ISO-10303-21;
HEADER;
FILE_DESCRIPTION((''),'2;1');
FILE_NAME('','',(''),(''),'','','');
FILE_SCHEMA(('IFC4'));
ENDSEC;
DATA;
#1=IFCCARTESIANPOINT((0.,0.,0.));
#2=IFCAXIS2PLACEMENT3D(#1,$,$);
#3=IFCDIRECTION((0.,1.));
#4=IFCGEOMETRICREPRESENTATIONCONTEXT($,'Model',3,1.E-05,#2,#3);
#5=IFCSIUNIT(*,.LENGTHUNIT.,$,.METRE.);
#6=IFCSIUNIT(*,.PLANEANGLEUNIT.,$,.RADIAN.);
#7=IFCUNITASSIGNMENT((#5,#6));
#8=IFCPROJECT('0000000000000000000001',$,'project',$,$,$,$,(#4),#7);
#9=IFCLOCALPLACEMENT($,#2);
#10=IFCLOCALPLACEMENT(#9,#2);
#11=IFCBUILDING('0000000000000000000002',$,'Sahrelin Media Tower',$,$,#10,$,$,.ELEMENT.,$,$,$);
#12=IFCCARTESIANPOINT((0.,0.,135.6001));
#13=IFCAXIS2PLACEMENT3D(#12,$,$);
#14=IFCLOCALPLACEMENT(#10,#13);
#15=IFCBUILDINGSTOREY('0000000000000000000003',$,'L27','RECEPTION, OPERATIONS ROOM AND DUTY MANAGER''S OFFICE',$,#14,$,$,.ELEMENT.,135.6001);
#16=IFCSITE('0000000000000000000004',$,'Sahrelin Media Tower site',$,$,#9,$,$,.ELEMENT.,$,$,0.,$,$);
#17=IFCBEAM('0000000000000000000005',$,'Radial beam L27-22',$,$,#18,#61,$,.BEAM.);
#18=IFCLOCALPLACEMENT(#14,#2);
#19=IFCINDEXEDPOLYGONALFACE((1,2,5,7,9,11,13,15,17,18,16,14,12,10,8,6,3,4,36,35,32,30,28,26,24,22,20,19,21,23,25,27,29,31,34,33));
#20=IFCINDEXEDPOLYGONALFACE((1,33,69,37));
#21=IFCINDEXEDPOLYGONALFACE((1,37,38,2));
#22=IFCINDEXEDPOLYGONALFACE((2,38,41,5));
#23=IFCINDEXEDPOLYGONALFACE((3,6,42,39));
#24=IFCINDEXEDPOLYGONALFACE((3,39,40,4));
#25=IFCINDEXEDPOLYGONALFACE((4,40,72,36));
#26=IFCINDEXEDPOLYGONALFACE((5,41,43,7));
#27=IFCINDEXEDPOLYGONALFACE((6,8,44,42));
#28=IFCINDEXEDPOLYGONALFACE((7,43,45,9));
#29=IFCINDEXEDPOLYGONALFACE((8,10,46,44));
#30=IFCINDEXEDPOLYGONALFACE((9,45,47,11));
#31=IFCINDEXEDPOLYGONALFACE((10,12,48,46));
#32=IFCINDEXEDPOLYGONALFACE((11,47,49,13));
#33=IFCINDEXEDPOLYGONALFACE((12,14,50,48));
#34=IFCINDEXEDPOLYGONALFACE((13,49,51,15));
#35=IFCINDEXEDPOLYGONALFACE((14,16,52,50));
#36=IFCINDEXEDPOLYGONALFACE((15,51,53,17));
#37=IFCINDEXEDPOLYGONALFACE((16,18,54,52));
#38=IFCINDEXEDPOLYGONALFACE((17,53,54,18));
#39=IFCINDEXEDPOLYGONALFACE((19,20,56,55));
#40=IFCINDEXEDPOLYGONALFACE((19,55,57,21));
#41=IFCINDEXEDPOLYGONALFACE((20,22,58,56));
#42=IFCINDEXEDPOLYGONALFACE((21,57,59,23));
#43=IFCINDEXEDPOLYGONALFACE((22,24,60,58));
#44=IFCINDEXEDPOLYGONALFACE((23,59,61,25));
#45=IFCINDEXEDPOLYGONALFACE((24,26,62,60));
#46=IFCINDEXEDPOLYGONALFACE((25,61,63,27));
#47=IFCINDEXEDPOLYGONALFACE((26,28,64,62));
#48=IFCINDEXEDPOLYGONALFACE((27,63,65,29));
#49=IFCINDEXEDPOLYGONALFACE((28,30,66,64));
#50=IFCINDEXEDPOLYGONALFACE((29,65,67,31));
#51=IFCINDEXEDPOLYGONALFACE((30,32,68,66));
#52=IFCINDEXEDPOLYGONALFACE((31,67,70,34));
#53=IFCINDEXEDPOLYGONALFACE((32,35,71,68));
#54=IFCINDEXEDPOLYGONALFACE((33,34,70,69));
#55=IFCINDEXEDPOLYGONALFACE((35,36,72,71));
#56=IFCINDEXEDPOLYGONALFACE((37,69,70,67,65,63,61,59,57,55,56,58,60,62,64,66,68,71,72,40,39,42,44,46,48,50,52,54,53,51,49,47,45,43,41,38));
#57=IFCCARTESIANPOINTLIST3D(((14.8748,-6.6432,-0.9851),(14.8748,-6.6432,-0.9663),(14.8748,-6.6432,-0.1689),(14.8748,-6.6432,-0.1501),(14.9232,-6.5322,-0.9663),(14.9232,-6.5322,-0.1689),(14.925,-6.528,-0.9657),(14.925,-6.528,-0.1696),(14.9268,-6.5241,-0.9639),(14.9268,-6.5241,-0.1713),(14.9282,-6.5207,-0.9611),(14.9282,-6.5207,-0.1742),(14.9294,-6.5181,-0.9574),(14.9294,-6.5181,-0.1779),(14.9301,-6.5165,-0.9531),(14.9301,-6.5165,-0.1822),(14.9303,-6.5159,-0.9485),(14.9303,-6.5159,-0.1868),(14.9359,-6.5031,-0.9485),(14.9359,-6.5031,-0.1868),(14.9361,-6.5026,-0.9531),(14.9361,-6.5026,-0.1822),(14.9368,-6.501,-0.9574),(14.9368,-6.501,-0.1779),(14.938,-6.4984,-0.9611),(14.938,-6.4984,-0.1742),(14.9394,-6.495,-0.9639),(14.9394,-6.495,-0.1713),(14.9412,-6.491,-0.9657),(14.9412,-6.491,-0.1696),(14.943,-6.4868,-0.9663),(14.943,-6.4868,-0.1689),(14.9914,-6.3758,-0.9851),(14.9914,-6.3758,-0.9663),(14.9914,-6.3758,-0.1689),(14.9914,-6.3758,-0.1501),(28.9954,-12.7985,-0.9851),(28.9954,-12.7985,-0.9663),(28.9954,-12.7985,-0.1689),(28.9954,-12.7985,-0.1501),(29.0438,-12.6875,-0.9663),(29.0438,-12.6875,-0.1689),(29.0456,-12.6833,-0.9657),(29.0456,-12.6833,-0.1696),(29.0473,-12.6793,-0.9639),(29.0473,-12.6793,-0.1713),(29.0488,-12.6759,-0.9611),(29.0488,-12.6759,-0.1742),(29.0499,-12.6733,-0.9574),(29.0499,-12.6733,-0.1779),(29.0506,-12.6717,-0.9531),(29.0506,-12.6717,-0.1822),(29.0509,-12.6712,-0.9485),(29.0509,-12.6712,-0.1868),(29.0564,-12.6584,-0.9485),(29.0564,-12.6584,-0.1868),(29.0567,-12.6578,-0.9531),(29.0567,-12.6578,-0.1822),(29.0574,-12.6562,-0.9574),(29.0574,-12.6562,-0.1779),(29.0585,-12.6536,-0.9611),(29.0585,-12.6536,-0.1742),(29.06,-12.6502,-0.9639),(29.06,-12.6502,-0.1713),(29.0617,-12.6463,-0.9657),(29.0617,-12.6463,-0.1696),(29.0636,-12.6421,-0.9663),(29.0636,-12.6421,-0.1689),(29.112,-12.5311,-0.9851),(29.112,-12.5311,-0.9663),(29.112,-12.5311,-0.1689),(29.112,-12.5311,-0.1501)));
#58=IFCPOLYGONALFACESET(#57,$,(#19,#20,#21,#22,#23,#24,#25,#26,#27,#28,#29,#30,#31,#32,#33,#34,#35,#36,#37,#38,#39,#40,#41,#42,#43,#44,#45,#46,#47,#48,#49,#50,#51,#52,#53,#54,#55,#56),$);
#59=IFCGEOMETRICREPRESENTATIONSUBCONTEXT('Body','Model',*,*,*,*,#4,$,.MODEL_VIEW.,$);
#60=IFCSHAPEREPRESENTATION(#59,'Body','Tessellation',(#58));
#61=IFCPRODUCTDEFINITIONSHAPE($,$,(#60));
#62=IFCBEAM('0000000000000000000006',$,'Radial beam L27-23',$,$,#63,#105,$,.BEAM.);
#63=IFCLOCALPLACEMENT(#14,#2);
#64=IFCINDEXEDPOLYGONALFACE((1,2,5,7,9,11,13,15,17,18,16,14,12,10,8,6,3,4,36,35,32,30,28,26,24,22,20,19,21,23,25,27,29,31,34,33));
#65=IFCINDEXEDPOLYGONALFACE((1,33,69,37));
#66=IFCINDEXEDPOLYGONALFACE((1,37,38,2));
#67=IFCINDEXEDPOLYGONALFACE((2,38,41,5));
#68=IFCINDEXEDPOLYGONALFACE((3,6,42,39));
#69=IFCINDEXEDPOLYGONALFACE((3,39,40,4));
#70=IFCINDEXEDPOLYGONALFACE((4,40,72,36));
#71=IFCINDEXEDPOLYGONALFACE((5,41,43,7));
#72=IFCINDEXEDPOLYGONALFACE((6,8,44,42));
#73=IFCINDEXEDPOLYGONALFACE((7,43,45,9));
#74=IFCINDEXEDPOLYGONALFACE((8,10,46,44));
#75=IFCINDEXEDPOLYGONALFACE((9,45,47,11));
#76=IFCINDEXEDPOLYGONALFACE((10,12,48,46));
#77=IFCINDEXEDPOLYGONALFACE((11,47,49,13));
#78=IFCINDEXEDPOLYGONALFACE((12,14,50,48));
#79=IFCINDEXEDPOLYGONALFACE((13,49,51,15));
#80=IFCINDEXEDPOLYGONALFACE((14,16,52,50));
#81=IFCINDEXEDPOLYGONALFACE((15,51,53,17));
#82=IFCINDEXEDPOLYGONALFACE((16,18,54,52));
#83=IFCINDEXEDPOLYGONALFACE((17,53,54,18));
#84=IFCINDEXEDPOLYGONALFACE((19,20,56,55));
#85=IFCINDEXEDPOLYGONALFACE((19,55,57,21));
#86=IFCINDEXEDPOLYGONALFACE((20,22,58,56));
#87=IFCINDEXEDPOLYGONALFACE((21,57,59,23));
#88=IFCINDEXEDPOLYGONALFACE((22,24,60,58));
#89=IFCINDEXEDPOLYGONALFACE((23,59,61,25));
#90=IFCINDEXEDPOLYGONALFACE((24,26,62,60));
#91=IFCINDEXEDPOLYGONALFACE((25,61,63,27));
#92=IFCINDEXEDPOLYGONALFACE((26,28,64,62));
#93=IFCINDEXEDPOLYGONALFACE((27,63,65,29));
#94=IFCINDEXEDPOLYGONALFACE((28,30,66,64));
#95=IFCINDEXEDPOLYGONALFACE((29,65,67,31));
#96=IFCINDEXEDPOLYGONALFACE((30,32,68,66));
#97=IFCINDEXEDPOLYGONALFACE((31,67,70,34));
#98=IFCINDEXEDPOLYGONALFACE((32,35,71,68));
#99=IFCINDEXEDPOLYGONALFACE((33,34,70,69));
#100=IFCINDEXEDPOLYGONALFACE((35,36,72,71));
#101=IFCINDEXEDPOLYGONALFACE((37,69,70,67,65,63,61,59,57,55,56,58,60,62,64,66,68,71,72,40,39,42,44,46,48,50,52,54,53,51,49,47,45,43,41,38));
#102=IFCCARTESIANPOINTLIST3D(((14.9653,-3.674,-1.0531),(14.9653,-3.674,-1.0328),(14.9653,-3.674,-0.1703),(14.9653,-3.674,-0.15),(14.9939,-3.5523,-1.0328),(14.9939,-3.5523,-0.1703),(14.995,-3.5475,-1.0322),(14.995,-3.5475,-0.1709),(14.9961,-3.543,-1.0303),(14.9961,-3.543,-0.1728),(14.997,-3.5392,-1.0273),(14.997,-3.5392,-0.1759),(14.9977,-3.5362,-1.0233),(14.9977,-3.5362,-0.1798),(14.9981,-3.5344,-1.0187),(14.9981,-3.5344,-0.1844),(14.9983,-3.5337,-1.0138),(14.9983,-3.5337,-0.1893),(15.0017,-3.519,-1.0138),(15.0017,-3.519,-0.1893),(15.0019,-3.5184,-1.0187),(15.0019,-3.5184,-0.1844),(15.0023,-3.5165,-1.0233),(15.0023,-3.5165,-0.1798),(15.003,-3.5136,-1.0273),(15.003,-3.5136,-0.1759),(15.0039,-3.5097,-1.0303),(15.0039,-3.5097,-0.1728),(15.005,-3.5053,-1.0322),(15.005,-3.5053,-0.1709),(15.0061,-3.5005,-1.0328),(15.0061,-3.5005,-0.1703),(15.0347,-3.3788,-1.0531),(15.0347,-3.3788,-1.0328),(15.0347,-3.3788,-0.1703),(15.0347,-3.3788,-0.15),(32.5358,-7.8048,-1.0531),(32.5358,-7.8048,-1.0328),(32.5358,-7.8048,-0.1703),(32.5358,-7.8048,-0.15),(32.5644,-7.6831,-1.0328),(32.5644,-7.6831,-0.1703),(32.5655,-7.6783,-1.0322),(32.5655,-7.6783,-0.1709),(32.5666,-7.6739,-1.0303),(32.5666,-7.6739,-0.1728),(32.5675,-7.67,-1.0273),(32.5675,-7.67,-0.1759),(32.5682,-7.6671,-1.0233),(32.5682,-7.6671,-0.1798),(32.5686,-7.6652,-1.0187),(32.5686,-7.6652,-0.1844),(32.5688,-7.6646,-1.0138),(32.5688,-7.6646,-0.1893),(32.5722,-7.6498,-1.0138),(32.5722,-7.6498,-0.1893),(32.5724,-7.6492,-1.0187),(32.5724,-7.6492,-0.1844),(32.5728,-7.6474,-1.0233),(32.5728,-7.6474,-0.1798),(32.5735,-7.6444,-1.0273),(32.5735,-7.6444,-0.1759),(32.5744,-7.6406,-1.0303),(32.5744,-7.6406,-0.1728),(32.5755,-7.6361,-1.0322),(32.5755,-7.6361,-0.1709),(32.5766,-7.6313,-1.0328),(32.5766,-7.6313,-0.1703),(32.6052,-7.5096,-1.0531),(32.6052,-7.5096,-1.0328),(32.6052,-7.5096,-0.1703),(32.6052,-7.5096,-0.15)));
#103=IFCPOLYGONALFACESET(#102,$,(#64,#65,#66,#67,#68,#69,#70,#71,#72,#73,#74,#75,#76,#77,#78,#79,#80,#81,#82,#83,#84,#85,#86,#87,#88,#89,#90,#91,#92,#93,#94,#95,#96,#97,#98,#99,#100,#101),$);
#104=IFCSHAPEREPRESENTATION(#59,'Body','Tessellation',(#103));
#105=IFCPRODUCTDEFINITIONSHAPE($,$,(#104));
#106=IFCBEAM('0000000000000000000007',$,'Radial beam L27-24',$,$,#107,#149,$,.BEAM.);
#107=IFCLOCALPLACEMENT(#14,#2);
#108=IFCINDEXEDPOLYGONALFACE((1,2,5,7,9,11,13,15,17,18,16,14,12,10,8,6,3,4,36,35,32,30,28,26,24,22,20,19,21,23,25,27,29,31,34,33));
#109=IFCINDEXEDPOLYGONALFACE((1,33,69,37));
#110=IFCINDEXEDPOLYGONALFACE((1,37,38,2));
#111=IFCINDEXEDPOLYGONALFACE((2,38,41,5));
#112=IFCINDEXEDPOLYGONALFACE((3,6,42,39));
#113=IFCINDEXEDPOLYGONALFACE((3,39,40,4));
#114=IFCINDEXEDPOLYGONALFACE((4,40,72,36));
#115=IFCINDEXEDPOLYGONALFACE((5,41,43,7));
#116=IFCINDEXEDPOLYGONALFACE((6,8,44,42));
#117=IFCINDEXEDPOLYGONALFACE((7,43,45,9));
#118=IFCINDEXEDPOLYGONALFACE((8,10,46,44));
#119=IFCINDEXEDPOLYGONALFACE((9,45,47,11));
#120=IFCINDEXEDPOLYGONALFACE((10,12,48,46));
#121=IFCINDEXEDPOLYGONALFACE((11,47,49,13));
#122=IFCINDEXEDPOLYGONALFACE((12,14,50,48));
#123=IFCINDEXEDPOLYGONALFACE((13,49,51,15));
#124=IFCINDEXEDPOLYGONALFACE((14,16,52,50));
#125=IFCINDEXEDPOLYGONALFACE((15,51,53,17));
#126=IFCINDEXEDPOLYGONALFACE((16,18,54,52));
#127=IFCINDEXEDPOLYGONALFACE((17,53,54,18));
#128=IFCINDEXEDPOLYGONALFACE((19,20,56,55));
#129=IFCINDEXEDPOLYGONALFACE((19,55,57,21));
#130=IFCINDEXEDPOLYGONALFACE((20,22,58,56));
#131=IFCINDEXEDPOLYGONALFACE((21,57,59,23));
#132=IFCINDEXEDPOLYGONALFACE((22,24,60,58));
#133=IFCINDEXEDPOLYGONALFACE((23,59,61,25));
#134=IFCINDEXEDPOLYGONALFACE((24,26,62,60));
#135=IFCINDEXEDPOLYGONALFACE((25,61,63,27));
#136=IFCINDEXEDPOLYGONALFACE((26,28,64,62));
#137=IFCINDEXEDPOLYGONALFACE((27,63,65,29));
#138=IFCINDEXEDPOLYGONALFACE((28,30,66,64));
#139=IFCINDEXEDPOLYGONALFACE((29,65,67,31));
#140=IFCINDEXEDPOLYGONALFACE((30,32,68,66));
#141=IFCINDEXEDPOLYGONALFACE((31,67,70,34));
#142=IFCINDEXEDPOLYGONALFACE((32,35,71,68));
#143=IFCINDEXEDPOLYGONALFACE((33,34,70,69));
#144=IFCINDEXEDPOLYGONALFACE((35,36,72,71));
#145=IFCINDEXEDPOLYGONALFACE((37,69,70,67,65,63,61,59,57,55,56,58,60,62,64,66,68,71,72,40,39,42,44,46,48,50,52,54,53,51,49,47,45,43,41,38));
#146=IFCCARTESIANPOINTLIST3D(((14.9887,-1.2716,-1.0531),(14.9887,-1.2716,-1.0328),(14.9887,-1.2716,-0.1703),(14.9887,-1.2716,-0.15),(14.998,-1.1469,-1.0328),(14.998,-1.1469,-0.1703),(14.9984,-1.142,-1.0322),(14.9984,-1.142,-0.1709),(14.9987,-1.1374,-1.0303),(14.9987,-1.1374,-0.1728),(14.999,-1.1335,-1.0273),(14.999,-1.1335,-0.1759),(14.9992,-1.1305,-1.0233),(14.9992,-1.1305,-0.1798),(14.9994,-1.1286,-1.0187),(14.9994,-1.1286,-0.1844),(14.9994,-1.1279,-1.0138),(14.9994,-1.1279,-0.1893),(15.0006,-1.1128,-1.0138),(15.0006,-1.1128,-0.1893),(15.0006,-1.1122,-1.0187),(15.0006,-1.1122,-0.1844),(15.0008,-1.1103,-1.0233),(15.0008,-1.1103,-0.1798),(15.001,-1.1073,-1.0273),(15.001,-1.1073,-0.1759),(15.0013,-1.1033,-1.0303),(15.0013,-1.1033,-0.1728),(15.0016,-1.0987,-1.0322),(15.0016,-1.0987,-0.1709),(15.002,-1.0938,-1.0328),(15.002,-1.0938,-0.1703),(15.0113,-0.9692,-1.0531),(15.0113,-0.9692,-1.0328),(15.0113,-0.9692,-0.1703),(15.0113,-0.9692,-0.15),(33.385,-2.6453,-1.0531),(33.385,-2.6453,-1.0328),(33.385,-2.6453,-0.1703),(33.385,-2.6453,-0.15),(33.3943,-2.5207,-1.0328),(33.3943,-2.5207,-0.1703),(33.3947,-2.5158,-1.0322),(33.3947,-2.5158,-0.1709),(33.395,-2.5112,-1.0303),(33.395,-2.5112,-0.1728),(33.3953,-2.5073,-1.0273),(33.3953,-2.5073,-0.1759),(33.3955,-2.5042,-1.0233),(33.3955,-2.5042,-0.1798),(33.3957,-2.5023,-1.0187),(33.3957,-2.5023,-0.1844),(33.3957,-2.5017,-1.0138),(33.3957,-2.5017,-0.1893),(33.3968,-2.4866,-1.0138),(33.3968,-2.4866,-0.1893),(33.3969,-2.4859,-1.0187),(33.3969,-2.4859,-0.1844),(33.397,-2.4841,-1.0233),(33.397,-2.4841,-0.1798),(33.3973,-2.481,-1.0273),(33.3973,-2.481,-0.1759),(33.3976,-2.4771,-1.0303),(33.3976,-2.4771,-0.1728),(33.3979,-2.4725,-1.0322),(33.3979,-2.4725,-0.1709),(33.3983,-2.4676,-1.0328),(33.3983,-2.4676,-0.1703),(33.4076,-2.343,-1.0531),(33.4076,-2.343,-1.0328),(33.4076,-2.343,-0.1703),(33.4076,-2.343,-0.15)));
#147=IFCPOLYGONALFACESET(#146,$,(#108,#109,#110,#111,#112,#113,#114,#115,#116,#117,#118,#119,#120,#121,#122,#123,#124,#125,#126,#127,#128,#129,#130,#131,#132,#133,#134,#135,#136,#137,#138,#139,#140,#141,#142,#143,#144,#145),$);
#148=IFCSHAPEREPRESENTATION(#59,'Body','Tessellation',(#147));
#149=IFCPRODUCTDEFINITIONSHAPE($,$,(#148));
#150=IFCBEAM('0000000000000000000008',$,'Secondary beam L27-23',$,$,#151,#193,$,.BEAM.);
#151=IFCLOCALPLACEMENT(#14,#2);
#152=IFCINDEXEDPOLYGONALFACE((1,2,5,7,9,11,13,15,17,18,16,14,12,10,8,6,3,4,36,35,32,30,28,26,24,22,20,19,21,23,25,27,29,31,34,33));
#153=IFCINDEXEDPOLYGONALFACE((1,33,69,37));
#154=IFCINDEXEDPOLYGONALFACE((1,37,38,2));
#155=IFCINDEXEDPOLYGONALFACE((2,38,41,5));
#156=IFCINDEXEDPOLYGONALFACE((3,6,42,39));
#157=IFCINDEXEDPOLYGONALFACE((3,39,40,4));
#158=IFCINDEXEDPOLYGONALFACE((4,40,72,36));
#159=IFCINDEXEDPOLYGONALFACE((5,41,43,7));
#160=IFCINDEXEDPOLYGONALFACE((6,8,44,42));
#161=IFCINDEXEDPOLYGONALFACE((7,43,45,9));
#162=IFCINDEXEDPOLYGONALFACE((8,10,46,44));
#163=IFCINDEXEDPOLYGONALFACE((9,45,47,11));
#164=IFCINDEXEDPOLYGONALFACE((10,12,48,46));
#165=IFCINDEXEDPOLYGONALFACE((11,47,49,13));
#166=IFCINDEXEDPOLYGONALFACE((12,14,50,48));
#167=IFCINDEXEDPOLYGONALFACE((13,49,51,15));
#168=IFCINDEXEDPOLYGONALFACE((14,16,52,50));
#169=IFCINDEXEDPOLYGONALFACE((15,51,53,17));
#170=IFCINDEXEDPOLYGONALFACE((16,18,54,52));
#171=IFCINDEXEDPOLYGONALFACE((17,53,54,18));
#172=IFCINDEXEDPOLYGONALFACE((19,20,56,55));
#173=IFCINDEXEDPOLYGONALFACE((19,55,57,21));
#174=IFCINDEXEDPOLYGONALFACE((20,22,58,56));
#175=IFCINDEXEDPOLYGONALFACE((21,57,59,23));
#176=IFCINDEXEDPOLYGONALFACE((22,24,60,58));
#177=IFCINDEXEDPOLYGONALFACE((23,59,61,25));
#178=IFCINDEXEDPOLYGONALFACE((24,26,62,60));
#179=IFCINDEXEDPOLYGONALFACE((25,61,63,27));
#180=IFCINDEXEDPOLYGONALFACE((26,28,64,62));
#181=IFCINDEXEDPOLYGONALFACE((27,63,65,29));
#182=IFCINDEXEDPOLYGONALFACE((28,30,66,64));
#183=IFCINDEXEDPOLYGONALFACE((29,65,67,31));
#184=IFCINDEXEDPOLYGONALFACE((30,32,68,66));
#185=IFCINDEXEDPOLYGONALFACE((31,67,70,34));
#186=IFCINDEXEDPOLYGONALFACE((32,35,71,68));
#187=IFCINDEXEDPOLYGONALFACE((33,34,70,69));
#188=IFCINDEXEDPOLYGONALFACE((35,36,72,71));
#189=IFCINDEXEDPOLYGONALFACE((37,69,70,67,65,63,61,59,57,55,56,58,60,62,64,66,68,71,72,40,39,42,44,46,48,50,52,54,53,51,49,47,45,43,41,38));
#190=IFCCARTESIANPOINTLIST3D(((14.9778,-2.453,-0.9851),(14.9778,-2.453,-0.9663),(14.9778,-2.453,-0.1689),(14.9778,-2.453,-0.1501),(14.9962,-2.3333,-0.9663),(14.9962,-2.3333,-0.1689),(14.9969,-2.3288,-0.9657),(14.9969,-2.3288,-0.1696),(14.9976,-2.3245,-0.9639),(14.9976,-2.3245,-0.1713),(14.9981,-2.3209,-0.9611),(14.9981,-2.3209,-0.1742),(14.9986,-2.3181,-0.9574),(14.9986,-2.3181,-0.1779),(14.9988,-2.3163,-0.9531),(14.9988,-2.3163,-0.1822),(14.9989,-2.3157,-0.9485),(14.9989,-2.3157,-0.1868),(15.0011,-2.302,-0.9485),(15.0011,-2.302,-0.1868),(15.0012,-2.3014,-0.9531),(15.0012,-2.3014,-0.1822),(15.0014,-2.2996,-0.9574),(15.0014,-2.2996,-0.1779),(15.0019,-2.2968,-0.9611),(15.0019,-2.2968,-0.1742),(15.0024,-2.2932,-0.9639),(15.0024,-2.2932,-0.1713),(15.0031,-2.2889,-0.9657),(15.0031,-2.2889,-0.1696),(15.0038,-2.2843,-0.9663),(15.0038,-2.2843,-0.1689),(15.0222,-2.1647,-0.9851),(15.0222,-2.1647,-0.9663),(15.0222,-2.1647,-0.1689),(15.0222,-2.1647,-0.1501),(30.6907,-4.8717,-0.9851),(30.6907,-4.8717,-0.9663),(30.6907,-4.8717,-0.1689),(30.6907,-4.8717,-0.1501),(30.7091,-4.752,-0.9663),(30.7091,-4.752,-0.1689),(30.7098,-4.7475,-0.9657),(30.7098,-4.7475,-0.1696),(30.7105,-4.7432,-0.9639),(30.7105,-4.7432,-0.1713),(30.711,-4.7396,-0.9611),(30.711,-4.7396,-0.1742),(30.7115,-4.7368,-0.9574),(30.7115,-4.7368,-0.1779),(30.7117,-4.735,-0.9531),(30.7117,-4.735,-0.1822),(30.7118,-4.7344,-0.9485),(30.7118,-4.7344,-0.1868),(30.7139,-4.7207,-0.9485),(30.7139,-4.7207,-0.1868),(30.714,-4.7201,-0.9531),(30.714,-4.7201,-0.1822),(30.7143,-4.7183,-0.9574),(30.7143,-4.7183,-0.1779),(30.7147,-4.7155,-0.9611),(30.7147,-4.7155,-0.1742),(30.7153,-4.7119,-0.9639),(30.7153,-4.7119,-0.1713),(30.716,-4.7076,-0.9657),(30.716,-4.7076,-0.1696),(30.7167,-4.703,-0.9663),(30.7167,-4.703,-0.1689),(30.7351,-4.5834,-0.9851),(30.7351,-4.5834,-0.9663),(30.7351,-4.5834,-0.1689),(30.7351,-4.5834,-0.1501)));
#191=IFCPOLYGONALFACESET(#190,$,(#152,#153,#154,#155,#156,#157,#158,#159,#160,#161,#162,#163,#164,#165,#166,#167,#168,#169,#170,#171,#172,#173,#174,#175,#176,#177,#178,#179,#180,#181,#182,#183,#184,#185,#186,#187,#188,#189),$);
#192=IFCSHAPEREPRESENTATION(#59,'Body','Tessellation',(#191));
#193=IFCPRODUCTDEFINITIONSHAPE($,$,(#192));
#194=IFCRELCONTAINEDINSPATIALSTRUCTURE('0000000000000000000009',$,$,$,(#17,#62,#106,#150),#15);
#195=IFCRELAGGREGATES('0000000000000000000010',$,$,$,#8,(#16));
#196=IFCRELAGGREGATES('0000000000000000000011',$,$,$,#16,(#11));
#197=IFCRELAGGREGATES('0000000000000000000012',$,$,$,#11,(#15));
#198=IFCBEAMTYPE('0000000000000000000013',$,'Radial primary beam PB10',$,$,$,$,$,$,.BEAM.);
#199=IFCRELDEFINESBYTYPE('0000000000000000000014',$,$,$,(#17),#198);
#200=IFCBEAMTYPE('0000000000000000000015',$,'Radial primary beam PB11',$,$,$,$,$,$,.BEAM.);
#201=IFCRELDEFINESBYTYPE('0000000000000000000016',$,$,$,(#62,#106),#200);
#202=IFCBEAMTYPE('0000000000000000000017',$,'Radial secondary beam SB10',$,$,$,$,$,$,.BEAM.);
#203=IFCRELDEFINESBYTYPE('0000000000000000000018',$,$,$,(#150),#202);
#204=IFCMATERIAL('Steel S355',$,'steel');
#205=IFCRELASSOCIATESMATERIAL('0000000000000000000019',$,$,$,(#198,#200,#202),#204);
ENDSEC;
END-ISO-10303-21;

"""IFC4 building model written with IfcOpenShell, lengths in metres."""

from ifc_helpers import new_model, si_unit, direction, frame, origin, origin_2d, place, context, subcontext, project, spatial, i_section, extrude, material, material_profile, profile_set, type_object, element, save


model = new_model("IFC4")

# Units and contexts
model_context = context("Model", 3, precision=1e-05, world=origin(), true_north=direction((0.0, 1.0)))
body_context = subcontext(model_context, "Body", "Model", "MODEL_VIEW")
ifc_project = project(units=[si_unit("LENGTHUNIT", "METRE"), si_unit("PLANEANGLEUNIT", "RADIAN")], contexts=[model_context])

# Site, building, storey
site_placement = place(None, origin())
site = spatial("IfcSite", under=ifc_project, at=site_placement, Name="Sahrelin Media Tower site", CompositionType="ELEMENT", RefElevation=0.0)
building_placement = place(site_placement, origin())
building = spatial("IfcBuilding", under=site, at=building_placement, Name="Sahrelin Media Tower", CompositionType="ELEMENT")
storey_placement = place(building_placement, frame((0.0, 0.0, 135.6001)))
storey = spatial("IfcBuildingStorey", under=building, at=storey_placement, Name="L27", Description="RECEPTION, OPERATIONS ROOM AND DUTY MANAGER'S OFFICE", CompositionType="ELEMENT", Elevation=135.6001)

# Beams
ifc_material_1 = material(Name="Steel S355", Category="steel")
ifc_material_profile_1 = material_profile(ifc_material_1, i_section(OverallWidth=0.2917, OverallDepth=0.835, WebThickness=0.0139, FlangeThickness=0.0188, FilletRadius=0.0178, at=origin_2d()), Name="UB 838x292x176")
ifc_profile_set_1 = profile_set([ifc_material_profile_1], Name="Steel S355")
beam_type_1 = type_object("IfcBeamType", Name="Radial primary beam PB10", PredefinedType="BEAM", material=ifc_profile_set_1)
beam_1_placement = place(storey_placement, frame((14.9331, -6.5095, -0.5676), z_axis=(0.916693, -0.399593, 0.0), x_axis=(0.399593, 0.916693, 0.0)))
element("IfcBeam", 1, at=beam_1_placement, inside=storey, type_object=beam_type_1, Name="Radial beam L27-22", PredefinedType="BEAM", context=body_context, shape_type="SweptSolid", body=[
    extrude(i_section(OverallWidth=0.2917, OverallDepth=0.835, WebThickness=0.0139, FlangeThickness=0.0188, FilletRadius=0.0178, at=origin_2d()), origin(), (0.0, 0.0, 1.0), 15.4038),
])
ifc_material_profile_2 = material_profile(ifc_material_1, i_section(OverallWidth=0.3032, OverallDepth=0.9031, WebThickness=0.0151, FlangeThickness=0.0203, FilletRadius=0.019, at=origin_2d()), Name="UB 914x305x201")
ifc_profile_set_2 = profile_set([ifc_material_profile_2], Name="Steel S355")
beam_type_2 = type_object("IfcBeamType", Name="Radial primary beam PB11", PredefinedType="BEAM", material=ifc_profile_set_2)
beam_2_placement = place(storey_placement, frame((15.0, -3.5264, -0.6016), z_axis=(0.973459, -0.228861, 0.0), x_axis=(0.228861, 0.973459, 0.0)))
element("IfcBeam", 2, at=beam_2_placement, inside=storey, type_object=beam_type_2, Name="Radial beam L27-23", PredefinedType="BEAM", context=body_context, shape_type="SweptSolid", body=[
    extrude(i_section(OverallWidth=0.3032, OverallDepth=0.9031, WebThickness=0.0151, FlangeThickness=0.0203, FilletRadius=0.019, at=origin_2d()), origin(), (0.0, 0.0, 1.0), 18.0496),
])
beam_3_placement = place(storey_placement, frame((15.0, -1.1204, -0.6016), z_axis=(0.997223, -0.07447, 0.0), x_axis=(0.07447, 0.997223, 0.0)))
element("IfcBeam", 3, at=beam_3_placement, inside=storey, type_object=beam_type_2, Name="Radial beam L27-24", PredefinedType="BEAM", context=body_context, shape_type="SweptSolid", body=[
    extrude(i_section(OverallWidth=0.3032, OverallDepth=0.9031, WebThickness=0.0151, FlangeThickness=0.0203, FilletRadius=0.019, at=origin_2d()), origin(), (0.0, 0.0, 1.0), 18.4475),
])
ifc_material_profile_3 = material_profile(ifc_material_1, i_section(OverallWidth=0.2917, OverallDepth=0.835, WebThickness=0.0139, FlangeThickness=0.0188, FilletRadius=0.0178, at=origin_2d()), Name="UB 838x292x176")
ifc_profile_set_3 = profile_set([ifc_material_profile_3], Name="Steel S355")
beam_type_3 = type_object("IfcBeamType", Name="Radial secondary beam SB10", PredefinedType="BEAM", material=ifc_profile_set_3)
beam_4_placement = place(storey_placement, frame((15.0, -2.3088, -0.5676), z_axis=(0.988359, -0.152139, 0.0), x_axis=(0.152139, 0.988359, 0.0)))
element("IfcBeam", 4, at=beam_4_placement, inside=storey, type_object=beam_type_3, Name="Secondary beam L27-23", PredefinedType="BEAM", context=body_context, shape_type="SweptSolid", body=[
    extrude(i_section(OverallWidth=0.2917, OverallDepth=0.835, WebThickness=0.0139, FlangeThickness=0.0188, FilletRadius=0.0178, at=origin_2d()), origin(), (0.0, 0.0, 1.0), 15.8979),
])

save(model, "model.ifc")
